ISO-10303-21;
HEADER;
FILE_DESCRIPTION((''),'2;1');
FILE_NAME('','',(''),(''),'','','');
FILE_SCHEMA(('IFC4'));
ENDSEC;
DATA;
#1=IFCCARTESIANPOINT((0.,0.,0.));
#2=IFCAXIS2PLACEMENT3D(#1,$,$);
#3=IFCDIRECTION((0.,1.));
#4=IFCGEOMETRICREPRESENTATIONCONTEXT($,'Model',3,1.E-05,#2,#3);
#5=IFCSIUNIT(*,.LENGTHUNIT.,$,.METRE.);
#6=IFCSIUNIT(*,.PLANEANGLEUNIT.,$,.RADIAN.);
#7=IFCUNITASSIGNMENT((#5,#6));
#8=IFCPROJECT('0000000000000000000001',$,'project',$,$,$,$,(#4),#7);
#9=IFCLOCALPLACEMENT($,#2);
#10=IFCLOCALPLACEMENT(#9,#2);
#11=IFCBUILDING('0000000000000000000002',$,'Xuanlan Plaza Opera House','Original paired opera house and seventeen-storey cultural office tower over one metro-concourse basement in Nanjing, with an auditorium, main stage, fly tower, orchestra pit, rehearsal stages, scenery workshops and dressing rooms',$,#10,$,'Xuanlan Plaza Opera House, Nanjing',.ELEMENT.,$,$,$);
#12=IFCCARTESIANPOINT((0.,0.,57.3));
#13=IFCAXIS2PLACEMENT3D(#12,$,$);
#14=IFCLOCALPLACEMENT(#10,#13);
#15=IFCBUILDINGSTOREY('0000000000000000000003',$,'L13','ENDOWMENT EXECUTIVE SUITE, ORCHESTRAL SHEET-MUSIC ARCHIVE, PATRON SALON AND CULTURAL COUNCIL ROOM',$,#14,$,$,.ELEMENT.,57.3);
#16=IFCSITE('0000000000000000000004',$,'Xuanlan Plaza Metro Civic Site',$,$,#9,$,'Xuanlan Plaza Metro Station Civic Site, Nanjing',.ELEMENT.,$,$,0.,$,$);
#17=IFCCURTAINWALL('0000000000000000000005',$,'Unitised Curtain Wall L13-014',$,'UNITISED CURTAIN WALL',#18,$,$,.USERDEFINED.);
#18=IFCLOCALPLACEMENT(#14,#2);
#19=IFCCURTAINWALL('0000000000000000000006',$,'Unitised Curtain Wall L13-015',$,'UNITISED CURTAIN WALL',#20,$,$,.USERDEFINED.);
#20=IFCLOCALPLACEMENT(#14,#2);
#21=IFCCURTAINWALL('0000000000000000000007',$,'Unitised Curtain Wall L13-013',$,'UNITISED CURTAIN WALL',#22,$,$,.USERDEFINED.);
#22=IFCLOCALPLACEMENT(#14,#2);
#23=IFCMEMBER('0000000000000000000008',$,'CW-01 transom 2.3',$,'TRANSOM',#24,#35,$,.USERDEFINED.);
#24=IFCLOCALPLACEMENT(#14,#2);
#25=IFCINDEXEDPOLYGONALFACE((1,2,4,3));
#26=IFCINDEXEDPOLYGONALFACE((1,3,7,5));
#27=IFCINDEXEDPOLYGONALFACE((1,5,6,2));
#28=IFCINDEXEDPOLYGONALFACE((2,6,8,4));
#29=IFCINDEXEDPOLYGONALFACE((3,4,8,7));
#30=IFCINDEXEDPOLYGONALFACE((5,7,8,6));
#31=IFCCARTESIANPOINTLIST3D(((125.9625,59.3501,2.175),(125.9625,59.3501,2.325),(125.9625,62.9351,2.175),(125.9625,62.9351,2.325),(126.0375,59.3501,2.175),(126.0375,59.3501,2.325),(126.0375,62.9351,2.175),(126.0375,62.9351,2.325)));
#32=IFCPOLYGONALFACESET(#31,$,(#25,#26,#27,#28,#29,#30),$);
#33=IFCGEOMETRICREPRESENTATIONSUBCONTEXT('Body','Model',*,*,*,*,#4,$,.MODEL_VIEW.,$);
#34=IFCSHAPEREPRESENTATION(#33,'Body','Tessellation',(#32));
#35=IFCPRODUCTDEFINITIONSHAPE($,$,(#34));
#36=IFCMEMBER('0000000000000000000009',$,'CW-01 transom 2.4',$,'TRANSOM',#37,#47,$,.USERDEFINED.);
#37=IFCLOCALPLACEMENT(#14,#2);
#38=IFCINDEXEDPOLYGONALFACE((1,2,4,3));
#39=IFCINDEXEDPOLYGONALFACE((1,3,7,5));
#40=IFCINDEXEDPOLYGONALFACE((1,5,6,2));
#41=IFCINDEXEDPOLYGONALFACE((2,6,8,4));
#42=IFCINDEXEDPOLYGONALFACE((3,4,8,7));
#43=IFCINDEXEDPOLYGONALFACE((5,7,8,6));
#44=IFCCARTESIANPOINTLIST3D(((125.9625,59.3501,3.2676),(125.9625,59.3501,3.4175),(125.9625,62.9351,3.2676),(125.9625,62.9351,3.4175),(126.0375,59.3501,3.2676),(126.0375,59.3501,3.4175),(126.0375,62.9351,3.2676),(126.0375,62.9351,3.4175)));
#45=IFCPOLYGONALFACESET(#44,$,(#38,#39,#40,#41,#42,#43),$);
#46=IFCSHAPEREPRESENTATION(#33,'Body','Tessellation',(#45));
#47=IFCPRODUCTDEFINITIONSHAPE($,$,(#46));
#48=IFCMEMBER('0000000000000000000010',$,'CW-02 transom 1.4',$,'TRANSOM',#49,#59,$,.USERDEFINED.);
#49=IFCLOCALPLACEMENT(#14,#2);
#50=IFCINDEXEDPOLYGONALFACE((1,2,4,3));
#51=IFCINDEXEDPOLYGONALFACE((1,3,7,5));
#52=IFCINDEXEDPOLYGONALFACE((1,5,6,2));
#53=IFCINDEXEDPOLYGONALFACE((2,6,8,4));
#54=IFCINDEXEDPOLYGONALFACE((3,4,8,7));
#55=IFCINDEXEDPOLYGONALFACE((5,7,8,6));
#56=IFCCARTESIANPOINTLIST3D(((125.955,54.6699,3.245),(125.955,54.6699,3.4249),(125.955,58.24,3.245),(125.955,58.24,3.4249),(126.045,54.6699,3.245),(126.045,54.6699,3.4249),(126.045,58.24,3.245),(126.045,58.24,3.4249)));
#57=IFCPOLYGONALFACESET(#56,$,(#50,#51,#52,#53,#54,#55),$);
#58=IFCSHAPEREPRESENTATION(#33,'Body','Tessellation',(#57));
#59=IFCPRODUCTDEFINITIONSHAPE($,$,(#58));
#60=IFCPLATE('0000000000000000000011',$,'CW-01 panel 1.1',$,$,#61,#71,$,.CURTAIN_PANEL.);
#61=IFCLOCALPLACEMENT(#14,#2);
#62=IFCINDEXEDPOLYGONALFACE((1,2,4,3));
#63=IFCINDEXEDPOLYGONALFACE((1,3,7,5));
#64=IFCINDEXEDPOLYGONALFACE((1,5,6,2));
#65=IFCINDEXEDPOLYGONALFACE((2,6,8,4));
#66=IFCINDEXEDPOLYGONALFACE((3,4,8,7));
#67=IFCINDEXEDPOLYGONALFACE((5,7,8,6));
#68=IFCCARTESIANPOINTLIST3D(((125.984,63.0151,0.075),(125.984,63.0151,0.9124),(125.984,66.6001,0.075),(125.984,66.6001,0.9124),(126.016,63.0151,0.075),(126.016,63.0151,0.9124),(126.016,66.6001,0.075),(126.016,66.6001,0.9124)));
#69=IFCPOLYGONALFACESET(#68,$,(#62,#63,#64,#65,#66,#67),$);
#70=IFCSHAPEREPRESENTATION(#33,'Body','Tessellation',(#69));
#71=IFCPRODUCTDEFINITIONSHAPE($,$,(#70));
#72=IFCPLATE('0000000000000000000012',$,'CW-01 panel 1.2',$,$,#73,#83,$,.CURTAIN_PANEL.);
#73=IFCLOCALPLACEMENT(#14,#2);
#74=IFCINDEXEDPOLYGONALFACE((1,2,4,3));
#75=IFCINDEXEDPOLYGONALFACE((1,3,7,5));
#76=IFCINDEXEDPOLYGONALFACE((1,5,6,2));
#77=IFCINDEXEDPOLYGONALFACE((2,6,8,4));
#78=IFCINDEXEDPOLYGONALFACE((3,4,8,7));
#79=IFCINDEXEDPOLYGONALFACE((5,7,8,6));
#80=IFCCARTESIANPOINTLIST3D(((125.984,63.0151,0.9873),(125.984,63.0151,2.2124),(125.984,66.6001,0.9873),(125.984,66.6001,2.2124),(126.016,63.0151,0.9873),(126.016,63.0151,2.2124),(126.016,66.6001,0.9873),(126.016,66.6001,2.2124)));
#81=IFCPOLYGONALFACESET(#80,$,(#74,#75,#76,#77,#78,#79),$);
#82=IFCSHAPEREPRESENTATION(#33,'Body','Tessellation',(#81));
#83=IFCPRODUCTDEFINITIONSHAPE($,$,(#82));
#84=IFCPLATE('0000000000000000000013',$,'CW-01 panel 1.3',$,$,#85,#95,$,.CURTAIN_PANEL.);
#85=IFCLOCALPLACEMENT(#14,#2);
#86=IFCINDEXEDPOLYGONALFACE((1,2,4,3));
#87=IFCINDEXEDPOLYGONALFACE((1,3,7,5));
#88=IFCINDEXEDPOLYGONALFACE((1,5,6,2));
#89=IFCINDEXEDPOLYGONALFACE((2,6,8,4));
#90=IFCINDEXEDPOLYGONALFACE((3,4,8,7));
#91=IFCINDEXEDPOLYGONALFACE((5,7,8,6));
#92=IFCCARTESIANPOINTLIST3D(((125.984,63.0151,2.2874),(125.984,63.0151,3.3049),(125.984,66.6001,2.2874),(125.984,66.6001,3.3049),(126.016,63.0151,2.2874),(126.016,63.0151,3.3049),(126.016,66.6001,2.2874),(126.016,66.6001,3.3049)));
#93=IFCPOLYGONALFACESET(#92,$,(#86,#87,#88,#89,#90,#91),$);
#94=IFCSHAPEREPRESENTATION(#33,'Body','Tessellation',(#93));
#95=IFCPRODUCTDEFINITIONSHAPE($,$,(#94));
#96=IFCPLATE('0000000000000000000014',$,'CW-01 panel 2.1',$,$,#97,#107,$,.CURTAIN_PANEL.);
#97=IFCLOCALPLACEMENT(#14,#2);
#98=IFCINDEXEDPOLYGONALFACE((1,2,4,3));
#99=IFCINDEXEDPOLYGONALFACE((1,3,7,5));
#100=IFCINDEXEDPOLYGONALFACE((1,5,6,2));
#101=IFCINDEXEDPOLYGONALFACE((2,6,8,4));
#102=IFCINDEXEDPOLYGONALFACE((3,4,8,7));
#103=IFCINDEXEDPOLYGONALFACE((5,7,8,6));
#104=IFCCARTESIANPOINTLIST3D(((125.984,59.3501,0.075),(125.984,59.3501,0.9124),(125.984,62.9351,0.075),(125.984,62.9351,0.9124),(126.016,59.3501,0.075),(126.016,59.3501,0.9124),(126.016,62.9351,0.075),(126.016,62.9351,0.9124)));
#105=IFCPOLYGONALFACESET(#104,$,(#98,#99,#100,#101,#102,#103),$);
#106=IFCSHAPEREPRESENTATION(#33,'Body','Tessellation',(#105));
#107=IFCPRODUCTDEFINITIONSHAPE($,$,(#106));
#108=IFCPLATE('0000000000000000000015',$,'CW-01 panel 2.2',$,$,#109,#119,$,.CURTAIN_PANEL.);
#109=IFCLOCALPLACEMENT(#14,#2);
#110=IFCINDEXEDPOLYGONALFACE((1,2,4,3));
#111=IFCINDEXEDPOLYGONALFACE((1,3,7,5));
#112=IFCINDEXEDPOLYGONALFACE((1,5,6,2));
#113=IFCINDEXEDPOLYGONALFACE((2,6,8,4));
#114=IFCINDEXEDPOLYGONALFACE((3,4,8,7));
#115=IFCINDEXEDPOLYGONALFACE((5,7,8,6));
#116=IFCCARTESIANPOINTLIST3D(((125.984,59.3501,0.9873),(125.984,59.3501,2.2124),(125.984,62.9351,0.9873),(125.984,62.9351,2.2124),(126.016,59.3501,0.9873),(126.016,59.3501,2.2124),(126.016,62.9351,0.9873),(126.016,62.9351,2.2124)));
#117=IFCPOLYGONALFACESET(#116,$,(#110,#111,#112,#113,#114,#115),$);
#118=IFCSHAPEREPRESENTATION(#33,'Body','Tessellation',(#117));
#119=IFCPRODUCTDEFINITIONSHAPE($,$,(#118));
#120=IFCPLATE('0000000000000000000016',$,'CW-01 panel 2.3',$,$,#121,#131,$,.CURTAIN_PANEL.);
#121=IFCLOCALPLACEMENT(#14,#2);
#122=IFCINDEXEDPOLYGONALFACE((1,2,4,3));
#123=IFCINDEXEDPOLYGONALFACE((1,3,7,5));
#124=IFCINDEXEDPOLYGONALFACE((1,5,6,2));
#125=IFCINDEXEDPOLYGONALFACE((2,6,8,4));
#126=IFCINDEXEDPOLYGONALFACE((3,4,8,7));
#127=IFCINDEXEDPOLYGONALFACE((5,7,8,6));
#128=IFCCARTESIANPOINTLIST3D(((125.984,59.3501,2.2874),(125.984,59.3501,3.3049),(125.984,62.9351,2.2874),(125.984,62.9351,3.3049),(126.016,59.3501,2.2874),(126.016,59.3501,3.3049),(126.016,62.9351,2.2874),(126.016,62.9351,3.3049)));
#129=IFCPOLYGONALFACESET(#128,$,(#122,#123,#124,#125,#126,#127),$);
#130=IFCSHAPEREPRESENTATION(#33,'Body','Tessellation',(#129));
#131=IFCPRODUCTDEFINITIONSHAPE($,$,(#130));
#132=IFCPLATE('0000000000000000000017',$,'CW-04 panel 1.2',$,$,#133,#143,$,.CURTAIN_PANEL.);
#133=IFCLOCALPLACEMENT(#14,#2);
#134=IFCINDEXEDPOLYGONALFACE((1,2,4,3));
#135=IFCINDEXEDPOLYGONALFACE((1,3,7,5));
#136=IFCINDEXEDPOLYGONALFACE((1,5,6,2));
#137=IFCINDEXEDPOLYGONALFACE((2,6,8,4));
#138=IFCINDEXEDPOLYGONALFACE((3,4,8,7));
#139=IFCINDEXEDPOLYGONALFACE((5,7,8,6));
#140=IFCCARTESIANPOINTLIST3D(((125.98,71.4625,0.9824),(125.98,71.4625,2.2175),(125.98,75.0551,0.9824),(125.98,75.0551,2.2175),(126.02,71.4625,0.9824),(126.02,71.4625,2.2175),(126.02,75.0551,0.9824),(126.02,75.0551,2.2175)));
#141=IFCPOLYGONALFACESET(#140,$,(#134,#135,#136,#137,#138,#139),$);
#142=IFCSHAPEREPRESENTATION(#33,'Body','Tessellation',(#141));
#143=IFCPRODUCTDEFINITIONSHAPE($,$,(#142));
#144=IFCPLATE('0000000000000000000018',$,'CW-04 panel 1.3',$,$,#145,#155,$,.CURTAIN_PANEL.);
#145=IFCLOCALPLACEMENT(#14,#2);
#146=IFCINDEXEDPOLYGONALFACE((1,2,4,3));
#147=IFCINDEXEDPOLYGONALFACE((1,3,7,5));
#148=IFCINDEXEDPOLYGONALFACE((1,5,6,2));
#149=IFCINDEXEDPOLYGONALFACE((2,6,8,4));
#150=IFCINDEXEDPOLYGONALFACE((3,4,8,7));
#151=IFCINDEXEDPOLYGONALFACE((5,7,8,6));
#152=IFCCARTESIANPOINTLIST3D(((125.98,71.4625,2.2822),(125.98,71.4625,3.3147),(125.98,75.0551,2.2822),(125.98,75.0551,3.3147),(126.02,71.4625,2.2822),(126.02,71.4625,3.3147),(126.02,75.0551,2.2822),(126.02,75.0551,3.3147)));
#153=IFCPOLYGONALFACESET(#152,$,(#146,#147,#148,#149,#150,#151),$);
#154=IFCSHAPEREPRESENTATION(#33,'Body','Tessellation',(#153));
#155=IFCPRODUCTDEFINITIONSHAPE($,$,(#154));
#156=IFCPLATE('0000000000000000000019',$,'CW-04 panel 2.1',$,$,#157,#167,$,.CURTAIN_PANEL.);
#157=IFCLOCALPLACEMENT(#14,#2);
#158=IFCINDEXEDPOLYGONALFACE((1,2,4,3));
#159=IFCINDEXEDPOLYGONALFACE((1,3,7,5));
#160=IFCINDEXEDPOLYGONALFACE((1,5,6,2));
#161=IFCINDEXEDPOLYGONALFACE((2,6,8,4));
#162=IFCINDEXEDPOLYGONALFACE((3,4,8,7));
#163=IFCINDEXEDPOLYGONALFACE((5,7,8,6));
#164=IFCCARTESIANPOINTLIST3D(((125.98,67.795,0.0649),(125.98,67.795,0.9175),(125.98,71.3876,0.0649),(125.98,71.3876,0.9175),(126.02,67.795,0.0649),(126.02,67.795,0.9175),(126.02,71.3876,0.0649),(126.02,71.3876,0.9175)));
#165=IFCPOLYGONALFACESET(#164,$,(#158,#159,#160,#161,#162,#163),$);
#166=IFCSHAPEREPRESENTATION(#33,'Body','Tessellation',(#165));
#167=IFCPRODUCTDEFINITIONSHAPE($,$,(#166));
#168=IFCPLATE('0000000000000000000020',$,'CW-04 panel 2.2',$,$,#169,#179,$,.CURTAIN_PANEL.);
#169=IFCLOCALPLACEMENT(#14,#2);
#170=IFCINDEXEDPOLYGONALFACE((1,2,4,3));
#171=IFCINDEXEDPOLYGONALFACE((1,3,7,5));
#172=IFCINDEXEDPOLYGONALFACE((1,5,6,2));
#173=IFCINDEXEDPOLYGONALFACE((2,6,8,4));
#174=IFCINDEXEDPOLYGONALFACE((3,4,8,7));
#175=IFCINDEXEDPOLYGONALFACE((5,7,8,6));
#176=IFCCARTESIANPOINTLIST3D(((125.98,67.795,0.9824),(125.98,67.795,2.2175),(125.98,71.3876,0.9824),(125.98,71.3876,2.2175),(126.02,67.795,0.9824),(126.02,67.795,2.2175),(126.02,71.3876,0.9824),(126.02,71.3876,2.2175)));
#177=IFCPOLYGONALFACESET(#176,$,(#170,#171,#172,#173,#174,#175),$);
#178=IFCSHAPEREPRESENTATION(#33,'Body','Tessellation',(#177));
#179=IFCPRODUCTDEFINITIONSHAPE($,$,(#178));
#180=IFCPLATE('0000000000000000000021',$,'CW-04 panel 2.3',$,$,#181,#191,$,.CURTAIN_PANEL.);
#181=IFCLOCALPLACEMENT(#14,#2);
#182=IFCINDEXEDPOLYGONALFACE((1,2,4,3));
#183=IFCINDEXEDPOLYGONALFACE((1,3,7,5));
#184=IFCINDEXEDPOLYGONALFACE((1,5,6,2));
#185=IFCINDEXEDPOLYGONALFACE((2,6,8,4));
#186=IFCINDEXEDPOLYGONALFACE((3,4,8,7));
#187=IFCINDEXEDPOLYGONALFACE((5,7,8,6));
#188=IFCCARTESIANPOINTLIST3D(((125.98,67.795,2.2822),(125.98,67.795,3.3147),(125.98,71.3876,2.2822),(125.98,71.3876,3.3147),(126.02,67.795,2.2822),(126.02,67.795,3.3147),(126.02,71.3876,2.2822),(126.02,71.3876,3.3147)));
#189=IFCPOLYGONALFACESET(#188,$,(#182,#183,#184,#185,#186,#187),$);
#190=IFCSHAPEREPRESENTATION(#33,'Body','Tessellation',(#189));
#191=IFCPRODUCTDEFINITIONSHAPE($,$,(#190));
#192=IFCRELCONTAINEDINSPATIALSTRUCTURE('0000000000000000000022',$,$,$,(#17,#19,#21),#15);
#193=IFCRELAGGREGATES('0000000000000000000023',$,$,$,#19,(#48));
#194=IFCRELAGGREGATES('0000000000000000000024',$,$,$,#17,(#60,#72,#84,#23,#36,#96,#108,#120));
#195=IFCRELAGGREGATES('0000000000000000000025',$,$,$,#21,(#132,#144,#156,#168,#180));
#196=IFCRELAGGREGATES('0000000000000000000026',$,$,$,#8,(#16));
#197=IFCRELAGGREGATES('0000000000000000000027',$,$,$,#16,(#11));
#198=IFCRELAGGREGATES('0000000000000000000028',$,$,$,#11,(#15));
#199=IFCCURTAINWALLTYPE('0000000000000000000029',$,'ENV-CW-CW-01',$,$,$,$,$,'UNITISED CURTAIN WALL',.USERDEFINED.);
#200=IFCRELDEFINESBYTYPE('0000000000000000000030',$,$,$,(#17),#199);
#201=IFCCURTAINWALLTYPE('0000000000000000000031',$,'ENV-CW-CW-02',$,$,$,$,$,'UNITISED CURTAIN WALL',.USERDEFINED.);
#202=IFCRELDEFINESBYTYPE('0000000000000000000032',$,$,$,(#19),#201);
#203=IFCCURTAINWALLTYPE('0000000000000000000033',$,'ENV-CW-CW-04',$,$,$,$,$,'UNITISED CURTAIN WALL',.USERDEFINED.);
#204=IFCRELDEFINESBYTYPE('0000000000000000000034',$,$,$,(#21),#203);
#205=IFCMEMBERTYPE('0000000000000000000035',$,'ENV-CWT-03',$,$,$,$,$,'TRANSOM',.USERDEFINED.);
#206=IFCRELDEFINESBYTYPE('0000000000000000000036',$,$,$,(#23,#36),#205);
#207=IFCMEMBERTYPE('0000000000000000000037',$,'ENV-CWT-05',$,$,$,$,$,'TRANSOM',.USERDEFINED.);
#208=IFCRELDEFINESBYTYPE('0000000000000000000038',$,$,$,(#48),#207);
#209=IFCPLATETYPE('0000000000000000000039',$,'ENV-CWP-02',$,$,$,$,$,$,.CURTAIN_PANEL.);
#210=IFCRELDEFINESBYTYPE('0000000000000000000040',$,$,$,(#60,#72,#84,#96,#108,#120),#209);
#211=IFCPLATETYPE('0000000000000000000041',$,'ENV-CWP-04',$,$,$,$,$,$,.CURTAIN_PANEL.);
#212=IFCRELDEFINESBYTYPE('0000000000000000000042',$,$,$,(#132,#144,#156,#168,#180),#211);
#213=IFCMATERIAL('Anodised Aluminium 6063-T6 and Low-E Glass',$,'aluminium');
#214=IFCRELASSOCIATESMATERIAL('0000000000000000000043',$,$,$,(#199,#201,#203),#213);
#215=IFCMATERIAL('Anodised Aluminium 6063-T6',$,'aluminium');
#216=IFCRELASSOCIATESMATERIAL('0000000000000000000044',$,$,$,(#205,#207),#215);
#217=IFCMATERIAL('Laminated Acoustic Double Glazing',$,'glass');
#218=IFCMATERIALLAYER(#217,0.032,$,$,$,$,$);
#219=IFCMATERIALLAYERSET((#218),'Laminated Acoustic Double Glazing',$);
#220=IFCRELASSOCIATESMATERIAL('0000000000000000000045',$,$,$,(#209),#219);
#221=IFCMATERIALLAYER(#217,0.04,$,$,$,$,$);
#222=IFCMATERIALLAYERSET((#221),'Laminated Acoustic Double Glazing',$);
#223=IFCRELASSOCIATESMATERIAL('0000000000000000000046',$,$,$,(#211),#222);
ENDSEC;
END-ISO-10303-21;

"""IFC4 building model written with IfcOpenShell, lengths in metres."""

from ifc_helpers import new_model, si_unit, direction, frame, origin, origin_2d, place, context, subcontext, project, spatial, rectangle, extrude, material, layer, layer_set, material_profile, profile_set, type_object, element, aggregate, save


model = new_model("IFC4")

# Units and contexts
model_context = context("Model", 3, precision=1e-05, world=origin(), true_north=direction((0.0, 1.0)))
body_context = subcontext(model_context, "Body", "Model", "MODEL_VIEW")
ifc_project = project(units=[si_unit("LENGTHUNIT", "METRE"), si_unit("PLANEANGLEUNIT", "RADIAN")], contexts=[model_context])

# Site, building, storey
site_placement = place(None, origin())
site = spatial("IfcSite", under=ifc_project, at=site_placement, Name="Xuanlan Plaza Metro Civic Site", LongName="Xuanlan Plaza Metro Station Civic Site, Nanjing", CompositionType="ELEMENT", RefElevation=0.0)
building_placement = place(site_placement, origin())
building = spatial("IfcBuilding", under=site, at=building_placement, Name="Xuanlan Plaza Opera House", Description="Original paired opera house and seventeen-storey cultural office tower over one metro-concourse basement in Nanjing, with an auditorium, main stage, fly tower, orchestra pit, rehearsal stages, scenery workshops and dressing rooms", LongName="Xuanlan Plaza Opera House, Nanjing", CompositionType="ELEMENT")
storey_placement = place(building_placement, frame((0.0, 0.0, 57.3)))
storey = spatial("IfcBuildingStorey", under=building, at=storey_placement, Name="L13", Description="ENDOWMENT EXECUTIVE SUITE, ORCHESTRAL SHEET-MUSIC ARCHIVE, PATRON SALON AND CULTURAL COUNCIL ROOM", CompositionType="ELEMENT", Elevation=57.3)

# Curtain wall
ifc_material_1 = material(Name="Anodised Aluminium 6063-T6 and Low-E Glass", Category="aluminium")
curtain_wall_type_1 = type_object("IfcCurtainWallType", Name="ENV-CW-CW-01", ElementType="UNITISED CURTAIN WALL", PredefinedType="USERDEFINED", material=ifc_material_1)
curtain_wall_1_placement = place(storey_placement, origin())
curtain_wall_1 = element("IfcCurtainWall", 1, at=curtain_wall_1_placement, inside=storey, type_object=curtain_wall_type_1, Name="Unitised Curtain Wall L13-014", ObjectType="UNITISED CURTAIN WALL", PredefinedType="USERDEFINED")
ifc_material_2 = material(Name="Anodised Aluminium 6063-T6", Category="aluminium")

# Curtain wall
curtain_wall_type_2 = type_object("IfcCurtainWallType", Name="ENV-CW-CW-02", ElementType="UNITISED CURTAIN WALL", PredefinedType="USERDEFINED", material=ifc_material_1)
curtain_wall_2_placement = place(storey_placement, origin())
curtain_wall_2 = element("IfcCurtainWall", 2, at=curtain_wall_2_placement, inside=storey, type_object=curtain_wall_type_2, Name="Unitised Curtain Wall L13-015", ObjectType="UNITISED CURTAIN WALL", PredefinedType="USERDEFINED")

# Curtain wall
curtain_wall_type_3 = type_object("IfcCurtainWallType", Name="ENV-CW-CW-04", ElementType="UNITISED CURTAIN WALL", PredefinedType="USERDEFINED", material=ifc_material_1)
curtain_wall_3_placement = place(storey_placement, origin())
curtain_wall_3 = element("IfcCurtainWall", 3, at=curtain_wall_3_placement, inside=storey, type_object=curtain_wall_type_3, Name="Unitised Curtain Wall L13-013", ObjectType="UNITISED CURTAIN WALL", PredefinedType="USERDEFINED")

# Members
ifc_material_profile_1 = material_profile(ifc_material_2, rectangle(XDim=0.075, YDim=0.1499, at=origin_2d()), Name="ALU-T 75x150")
ifc_profile_set_1 = profile_set([ifc_material_profile_1], Name="Anodised Aluminium 6063-T6")
member_type_1 = type_object("IfcMemberType", Name="ENV-CWT-03", ElementType="TRANSOM", PredefinedType="USERDEFINED", material=ifc_profile_set_1)
member_1_placement = place(storey_placement, frame((126.0, 62.9351, 2.25), z_axis=(0.0, -1.0, 0.0), x_axis=(1.0, 0.0, 0.0)))
member_1 = element("IfcMember", 4, at=member_1_placement, type_object=member_type_1, Name="CW-01 transom 2.3", ObjectType="TRANSOM", PredefinedType="USERDEFINED", context=body_context, shape_type="SweptSolid", body=[
    extrude(rectangle(XDim=0.075, YDim=0.1499, at=origin_2d()), origin(), (0.0, 0.0, 1.0), 3.585),
])
member_2_placement = place(storey_placement, frame((126.0, 62.9351, 3.3425), z_axis=(0.0, -1.0, 0.0), x_axis=(1.0, 0.0, 0.0)))
member_2 = element("IfcMember", 5, at=member_2_placement, type_object=member_type_1, Name="CW-01 transom 2.4", ObjectType="TRANSOM", PredefinedType="USERDEFINED", context=body_context, shape_type="SweptSolid", body=[
    extrude(rectangle(XDim=0.075, YDim=0.1499, at=origin_2d()), origin(), (0.0, 0.0, 1.0), 3.585),
])
ifc_material_profile_2 = material_profile(ifc_material_2, rectangle(XDim=0.0901, YDim=0.1799, at=origin_2d()), Name="ALU-T 90x180")
ifc_profile_set_2 = profile_set([ifc_material_profile_2], Name="Anodised Aluminium 6063-T6")
member_type_2 = type_object("IfcMemberType", Name="ENV-CWT-05", ElementType="TRANSOM", PredefinedType="USERDEFINED", material=ifc_profile_set_2)
member_3_placement = place(storey_placement, frame((126.0, 58.24, 3.335), z_axis=(0.0, -1.0, 0.0), x_axis=(1.0, 0.0, 0.0)))
member_3 = element("IfcMember", 6, at=member_3_placement, type_object=member_type_2, Name="CW-02 transom 1.4", ObjectType="TRANSOM", PredefinedType="USERDEFINED", context=body_context, shape_type="SweptSolid", body=[
    extrude(rectangle(XDim=0.0901, YDim=0.1799, at=origin_2d()), origin(), (0.0, 0.0, 1.0), 3.5701),
])
aggregate(curtain_wall_2, [member_3])

# Plates
ifc_material_3 = material(Name="Laminated Acoustic Double Glazing", Category="glass")
ifc_layer_1 = layer(ifc_material_3, 0.032)
ifc_layer_set_1 = layer_set([ifc_layer_1], Name="Laminated Acoustic Double Glazing")
plate_type_1 = type_object("IfcPlateType", Name="ENV-CWP-02", PredefinedType="CURTAIN_PANEL", material=ifc_layer_set_1)
plate_1_placement = place(storey_placement, frame((126.0, 64.8076, 0.075), z_axis=(0.0, 0.0, 1.0), x_axis=(0.0, -1.0, 0.0)))
plate_1 = element("IfcPlate", 7, at=plate_1_placement, type_object=plate_type_1, Name="CW-01 panel 1.1", PredefinedType="CURTAIN_PANEL", context=body_context, shape_type="SweptSolid", body=[
    extrude(rectangle(XDim=3.585, YDim=0.032, at=origin_2d()), origin(), (0.0, 0.0, 1.0), 0.8374),
])
plate_2_placement = place(storey_placement, frame((126.0, 64.8076, 0.9873), z_axis=(0.0, 0.0, 1.0), x_axis=(0.0, -1.0, 0.0)))
plate_2 = element("IfcPlate", 8, at=plate_2_placement, type_object=plate_type_1, Name="CW-01 panel 1.2", PredefinedType="CURTAIN_PANEL", context=body_context, shape_type="SweptSolid", body=[
    extrude(rectangle(XDim=3.585, YDim=0.032, at=origin_2d()), origin(), (0.0, 0.0, 1.0), 1.2251),
])
plate_3_placement = place(storey_placement, frame((126.0, 64.8076, 2.2874), z_axis=(0.0, 0.0, 1.0), x_axis=(0.0, -1.0, 0.0)))
plate_3 = element("IfcPlate", 9, at=plate_3_placement, type_object=plate_type_1, Name="CW-01 panel 1.3", PredefinedType="CURTAIN_PANEL", context=body_context, shape_type="SweptSolid", body=[
    extrude(rectangle(XDim=3.585, YDim=0.032, at=origin_2d()), origin(), (0.0, 0.0, 1.0), 1.0176),
])
plate_4_placement = place(storey_placement, frame((126.0, 61.1426, 0.075), z_axis=(0.0, 0.0, 1.0), x_axis=(0.0, -1.0, 0.0)))
plate_4 = element("IfcPlate", 10, at=plate_4_placement, type_object=plate_type_1, Name="CW-01 panel 2.1", PredefinedType="CURTAIN_PANEL", context=body_context, shape_type="SweptSolid", body=[
    extrude(rectangle(XDim=3.585, YDim=0.032, at=origin_2d()), origin(), (0.0, 0.0, 1.0), 0.8374),
])
plate_5_placement = place(storey_placement, frame((126.0, 61.1426, 0.9873), z_axis=(0.0, 0.0, 1.0), x_axis=(0.0, -1.0, 0.0)))
plate_5 = element("IfcPlate", 11, at=plate_5_placement, type_object=plate_type_1, Name="CW-01 panel 2.2", PredefinedType="CURTAIN_PANEL", context=body_context, shape_type="SweptSolid", body=[
    extrude(rectangle(XDim=3.585, YDim=0.032, at=origin_2d()), origin(), (0.0, 0.0, 1.0), 1.2251),
])
plate_6_placement = place(storey_placement, frame((126.0, 61.1426, 2.2874), z_axis=(0.0, 0.0, 1.0), x_axis=(0.0, -1.0, 0.0)))
plate_6 = element("IfcPlate", 12, at=plate_6_placement, type_object=plate_type_1, Name="CW-01 panel 2.3", PredefinedType="CURTAIN_PANEL", context=body_context, shape_type="SweptSolid", body=[
    extrude(rectangle(XDim=3.585, YDim=0.032, at=origin_2d()), origin(), (0.0, 0.0, 1.0), 1.0176),
])
aggregate(curtain_wall_1, [plate_1, plate_2, plate_3, member_1, member_2, plate_4, plate_5, plate_6])
ifc_layer_2 = layer(ifc_material_3, 0.04)
ifc_layer_set_2 = layer_set([ifc_layer_2], Name="Laminated Acoustic Double Glazing")
plate_type_2 = type_object("IfcPlateType", Name="ENV-CWP-04", PredefinedType="CURTAIN_PANEL", material=ifc_layer_set_2)
plate_7_placement = place(storey_placement, frame((126.0, 73.2588, 0.9824), z_axis=(0.0, 0.0, 1.0), x_axis=(0.0, -1.0, 0.0)))
plate_7 = element("IfcPlate", 13, at=plate_7_placement, type_object=plate_type_2, Name="CW-04 panel 1.2", PredefinedType="CURTAIN_PANEL", context=body_context, shape_type="SweptSolid", body=[
    extrude(rectangle(XDim=3.5925, YDim=0.04, at=origin_2d()), origin(), (0.0, 0.0, 1.0), 1.2351),
])
plate_8_placement = place(storey_placement, frame((126.0, 73.2588, 2.2822), z_axis=(0.0, 0.0, 1.0), x_axis=(0.0, -1.0, 0.0)))
plate_8 = element("IfcPlate", 14, at=plate_8_placement, type_object=plate_type_2, Name="CW-04 panel 1.3", PredefinedType="CURTAIN_PANEL", context=body_context, shape_type="SweptSolid", body=[
    extrude(rectangle(XDim=3.5925, YDim=0.04, at=origin_2d()), origin(), (0.0, 0.0, 1.0), 1.0325),
])
plate_9_placement = place(storey_placement, frame((126.0, 69.5913, 0.0649), z_axis=(0.0, 0.0, 1.0), x_axis=(0.0, -1.0, 0.0)))
plate_9 = element("IfcPlate", 15, at=plate_9_placement, type_object=plate_type_2, Name="CW-04 panel 2.1", PredefinedType="CURTAIN_PANEL", context=body_context, shape_type="SweptSolid", body=[
    extrude(rectangle(XDim=3.5925, YDim=0.04, at=origin_2d()), origin(), (0.0, 0.0, 1.0), 0.8525),
])
plate_10_placement = place(storey_placement, frame((126.0, 69.5913, 0.9824), z_axis=(0.0, 0.0, 1.0), x_axis=(0.0, -1.0, 0.0)))
plate_10 = element("IfcPlate", 16, at=plate_10_placement, type_object=plate_type_2, Name="CW-04 panel 2.2", PredefinedType="CURTAIN_PANEL", context=body_context, shape_type="SweptSolid", body=[
    extrude(rectangle(XDim=3.5925, YDim=0.04, at=origin_2d()), origin(), (0.0, 0.0, 1.0), 1.2351),
])
plate_11_placement = place(storey_placement, frame((126.0, 69.5913, 2.2822), z_axis=(0.0, 0.0, 1.0), x_axis=(0.0, -1.0, 0.0)))
plate_11 = element("IfcPlate", 17, at=plate_11_placement, type_object=plate_type_2, Name="CW-04 panel 2.3", PredefinedType="CURTAIN_PANEL", context=body_context, shape_type="SweptSolid", body=[
    extrude(rectangle(XDim=3.5925, YDim=0.04, at=origin_2d()), origin(), (0.0, 0.0, 1.0), 1.0325),
])
aggregate(curtain_wall_3, [plate_7, plate_8, plate_9, plate_10, plate_11])

save(model, "model.ifc")
